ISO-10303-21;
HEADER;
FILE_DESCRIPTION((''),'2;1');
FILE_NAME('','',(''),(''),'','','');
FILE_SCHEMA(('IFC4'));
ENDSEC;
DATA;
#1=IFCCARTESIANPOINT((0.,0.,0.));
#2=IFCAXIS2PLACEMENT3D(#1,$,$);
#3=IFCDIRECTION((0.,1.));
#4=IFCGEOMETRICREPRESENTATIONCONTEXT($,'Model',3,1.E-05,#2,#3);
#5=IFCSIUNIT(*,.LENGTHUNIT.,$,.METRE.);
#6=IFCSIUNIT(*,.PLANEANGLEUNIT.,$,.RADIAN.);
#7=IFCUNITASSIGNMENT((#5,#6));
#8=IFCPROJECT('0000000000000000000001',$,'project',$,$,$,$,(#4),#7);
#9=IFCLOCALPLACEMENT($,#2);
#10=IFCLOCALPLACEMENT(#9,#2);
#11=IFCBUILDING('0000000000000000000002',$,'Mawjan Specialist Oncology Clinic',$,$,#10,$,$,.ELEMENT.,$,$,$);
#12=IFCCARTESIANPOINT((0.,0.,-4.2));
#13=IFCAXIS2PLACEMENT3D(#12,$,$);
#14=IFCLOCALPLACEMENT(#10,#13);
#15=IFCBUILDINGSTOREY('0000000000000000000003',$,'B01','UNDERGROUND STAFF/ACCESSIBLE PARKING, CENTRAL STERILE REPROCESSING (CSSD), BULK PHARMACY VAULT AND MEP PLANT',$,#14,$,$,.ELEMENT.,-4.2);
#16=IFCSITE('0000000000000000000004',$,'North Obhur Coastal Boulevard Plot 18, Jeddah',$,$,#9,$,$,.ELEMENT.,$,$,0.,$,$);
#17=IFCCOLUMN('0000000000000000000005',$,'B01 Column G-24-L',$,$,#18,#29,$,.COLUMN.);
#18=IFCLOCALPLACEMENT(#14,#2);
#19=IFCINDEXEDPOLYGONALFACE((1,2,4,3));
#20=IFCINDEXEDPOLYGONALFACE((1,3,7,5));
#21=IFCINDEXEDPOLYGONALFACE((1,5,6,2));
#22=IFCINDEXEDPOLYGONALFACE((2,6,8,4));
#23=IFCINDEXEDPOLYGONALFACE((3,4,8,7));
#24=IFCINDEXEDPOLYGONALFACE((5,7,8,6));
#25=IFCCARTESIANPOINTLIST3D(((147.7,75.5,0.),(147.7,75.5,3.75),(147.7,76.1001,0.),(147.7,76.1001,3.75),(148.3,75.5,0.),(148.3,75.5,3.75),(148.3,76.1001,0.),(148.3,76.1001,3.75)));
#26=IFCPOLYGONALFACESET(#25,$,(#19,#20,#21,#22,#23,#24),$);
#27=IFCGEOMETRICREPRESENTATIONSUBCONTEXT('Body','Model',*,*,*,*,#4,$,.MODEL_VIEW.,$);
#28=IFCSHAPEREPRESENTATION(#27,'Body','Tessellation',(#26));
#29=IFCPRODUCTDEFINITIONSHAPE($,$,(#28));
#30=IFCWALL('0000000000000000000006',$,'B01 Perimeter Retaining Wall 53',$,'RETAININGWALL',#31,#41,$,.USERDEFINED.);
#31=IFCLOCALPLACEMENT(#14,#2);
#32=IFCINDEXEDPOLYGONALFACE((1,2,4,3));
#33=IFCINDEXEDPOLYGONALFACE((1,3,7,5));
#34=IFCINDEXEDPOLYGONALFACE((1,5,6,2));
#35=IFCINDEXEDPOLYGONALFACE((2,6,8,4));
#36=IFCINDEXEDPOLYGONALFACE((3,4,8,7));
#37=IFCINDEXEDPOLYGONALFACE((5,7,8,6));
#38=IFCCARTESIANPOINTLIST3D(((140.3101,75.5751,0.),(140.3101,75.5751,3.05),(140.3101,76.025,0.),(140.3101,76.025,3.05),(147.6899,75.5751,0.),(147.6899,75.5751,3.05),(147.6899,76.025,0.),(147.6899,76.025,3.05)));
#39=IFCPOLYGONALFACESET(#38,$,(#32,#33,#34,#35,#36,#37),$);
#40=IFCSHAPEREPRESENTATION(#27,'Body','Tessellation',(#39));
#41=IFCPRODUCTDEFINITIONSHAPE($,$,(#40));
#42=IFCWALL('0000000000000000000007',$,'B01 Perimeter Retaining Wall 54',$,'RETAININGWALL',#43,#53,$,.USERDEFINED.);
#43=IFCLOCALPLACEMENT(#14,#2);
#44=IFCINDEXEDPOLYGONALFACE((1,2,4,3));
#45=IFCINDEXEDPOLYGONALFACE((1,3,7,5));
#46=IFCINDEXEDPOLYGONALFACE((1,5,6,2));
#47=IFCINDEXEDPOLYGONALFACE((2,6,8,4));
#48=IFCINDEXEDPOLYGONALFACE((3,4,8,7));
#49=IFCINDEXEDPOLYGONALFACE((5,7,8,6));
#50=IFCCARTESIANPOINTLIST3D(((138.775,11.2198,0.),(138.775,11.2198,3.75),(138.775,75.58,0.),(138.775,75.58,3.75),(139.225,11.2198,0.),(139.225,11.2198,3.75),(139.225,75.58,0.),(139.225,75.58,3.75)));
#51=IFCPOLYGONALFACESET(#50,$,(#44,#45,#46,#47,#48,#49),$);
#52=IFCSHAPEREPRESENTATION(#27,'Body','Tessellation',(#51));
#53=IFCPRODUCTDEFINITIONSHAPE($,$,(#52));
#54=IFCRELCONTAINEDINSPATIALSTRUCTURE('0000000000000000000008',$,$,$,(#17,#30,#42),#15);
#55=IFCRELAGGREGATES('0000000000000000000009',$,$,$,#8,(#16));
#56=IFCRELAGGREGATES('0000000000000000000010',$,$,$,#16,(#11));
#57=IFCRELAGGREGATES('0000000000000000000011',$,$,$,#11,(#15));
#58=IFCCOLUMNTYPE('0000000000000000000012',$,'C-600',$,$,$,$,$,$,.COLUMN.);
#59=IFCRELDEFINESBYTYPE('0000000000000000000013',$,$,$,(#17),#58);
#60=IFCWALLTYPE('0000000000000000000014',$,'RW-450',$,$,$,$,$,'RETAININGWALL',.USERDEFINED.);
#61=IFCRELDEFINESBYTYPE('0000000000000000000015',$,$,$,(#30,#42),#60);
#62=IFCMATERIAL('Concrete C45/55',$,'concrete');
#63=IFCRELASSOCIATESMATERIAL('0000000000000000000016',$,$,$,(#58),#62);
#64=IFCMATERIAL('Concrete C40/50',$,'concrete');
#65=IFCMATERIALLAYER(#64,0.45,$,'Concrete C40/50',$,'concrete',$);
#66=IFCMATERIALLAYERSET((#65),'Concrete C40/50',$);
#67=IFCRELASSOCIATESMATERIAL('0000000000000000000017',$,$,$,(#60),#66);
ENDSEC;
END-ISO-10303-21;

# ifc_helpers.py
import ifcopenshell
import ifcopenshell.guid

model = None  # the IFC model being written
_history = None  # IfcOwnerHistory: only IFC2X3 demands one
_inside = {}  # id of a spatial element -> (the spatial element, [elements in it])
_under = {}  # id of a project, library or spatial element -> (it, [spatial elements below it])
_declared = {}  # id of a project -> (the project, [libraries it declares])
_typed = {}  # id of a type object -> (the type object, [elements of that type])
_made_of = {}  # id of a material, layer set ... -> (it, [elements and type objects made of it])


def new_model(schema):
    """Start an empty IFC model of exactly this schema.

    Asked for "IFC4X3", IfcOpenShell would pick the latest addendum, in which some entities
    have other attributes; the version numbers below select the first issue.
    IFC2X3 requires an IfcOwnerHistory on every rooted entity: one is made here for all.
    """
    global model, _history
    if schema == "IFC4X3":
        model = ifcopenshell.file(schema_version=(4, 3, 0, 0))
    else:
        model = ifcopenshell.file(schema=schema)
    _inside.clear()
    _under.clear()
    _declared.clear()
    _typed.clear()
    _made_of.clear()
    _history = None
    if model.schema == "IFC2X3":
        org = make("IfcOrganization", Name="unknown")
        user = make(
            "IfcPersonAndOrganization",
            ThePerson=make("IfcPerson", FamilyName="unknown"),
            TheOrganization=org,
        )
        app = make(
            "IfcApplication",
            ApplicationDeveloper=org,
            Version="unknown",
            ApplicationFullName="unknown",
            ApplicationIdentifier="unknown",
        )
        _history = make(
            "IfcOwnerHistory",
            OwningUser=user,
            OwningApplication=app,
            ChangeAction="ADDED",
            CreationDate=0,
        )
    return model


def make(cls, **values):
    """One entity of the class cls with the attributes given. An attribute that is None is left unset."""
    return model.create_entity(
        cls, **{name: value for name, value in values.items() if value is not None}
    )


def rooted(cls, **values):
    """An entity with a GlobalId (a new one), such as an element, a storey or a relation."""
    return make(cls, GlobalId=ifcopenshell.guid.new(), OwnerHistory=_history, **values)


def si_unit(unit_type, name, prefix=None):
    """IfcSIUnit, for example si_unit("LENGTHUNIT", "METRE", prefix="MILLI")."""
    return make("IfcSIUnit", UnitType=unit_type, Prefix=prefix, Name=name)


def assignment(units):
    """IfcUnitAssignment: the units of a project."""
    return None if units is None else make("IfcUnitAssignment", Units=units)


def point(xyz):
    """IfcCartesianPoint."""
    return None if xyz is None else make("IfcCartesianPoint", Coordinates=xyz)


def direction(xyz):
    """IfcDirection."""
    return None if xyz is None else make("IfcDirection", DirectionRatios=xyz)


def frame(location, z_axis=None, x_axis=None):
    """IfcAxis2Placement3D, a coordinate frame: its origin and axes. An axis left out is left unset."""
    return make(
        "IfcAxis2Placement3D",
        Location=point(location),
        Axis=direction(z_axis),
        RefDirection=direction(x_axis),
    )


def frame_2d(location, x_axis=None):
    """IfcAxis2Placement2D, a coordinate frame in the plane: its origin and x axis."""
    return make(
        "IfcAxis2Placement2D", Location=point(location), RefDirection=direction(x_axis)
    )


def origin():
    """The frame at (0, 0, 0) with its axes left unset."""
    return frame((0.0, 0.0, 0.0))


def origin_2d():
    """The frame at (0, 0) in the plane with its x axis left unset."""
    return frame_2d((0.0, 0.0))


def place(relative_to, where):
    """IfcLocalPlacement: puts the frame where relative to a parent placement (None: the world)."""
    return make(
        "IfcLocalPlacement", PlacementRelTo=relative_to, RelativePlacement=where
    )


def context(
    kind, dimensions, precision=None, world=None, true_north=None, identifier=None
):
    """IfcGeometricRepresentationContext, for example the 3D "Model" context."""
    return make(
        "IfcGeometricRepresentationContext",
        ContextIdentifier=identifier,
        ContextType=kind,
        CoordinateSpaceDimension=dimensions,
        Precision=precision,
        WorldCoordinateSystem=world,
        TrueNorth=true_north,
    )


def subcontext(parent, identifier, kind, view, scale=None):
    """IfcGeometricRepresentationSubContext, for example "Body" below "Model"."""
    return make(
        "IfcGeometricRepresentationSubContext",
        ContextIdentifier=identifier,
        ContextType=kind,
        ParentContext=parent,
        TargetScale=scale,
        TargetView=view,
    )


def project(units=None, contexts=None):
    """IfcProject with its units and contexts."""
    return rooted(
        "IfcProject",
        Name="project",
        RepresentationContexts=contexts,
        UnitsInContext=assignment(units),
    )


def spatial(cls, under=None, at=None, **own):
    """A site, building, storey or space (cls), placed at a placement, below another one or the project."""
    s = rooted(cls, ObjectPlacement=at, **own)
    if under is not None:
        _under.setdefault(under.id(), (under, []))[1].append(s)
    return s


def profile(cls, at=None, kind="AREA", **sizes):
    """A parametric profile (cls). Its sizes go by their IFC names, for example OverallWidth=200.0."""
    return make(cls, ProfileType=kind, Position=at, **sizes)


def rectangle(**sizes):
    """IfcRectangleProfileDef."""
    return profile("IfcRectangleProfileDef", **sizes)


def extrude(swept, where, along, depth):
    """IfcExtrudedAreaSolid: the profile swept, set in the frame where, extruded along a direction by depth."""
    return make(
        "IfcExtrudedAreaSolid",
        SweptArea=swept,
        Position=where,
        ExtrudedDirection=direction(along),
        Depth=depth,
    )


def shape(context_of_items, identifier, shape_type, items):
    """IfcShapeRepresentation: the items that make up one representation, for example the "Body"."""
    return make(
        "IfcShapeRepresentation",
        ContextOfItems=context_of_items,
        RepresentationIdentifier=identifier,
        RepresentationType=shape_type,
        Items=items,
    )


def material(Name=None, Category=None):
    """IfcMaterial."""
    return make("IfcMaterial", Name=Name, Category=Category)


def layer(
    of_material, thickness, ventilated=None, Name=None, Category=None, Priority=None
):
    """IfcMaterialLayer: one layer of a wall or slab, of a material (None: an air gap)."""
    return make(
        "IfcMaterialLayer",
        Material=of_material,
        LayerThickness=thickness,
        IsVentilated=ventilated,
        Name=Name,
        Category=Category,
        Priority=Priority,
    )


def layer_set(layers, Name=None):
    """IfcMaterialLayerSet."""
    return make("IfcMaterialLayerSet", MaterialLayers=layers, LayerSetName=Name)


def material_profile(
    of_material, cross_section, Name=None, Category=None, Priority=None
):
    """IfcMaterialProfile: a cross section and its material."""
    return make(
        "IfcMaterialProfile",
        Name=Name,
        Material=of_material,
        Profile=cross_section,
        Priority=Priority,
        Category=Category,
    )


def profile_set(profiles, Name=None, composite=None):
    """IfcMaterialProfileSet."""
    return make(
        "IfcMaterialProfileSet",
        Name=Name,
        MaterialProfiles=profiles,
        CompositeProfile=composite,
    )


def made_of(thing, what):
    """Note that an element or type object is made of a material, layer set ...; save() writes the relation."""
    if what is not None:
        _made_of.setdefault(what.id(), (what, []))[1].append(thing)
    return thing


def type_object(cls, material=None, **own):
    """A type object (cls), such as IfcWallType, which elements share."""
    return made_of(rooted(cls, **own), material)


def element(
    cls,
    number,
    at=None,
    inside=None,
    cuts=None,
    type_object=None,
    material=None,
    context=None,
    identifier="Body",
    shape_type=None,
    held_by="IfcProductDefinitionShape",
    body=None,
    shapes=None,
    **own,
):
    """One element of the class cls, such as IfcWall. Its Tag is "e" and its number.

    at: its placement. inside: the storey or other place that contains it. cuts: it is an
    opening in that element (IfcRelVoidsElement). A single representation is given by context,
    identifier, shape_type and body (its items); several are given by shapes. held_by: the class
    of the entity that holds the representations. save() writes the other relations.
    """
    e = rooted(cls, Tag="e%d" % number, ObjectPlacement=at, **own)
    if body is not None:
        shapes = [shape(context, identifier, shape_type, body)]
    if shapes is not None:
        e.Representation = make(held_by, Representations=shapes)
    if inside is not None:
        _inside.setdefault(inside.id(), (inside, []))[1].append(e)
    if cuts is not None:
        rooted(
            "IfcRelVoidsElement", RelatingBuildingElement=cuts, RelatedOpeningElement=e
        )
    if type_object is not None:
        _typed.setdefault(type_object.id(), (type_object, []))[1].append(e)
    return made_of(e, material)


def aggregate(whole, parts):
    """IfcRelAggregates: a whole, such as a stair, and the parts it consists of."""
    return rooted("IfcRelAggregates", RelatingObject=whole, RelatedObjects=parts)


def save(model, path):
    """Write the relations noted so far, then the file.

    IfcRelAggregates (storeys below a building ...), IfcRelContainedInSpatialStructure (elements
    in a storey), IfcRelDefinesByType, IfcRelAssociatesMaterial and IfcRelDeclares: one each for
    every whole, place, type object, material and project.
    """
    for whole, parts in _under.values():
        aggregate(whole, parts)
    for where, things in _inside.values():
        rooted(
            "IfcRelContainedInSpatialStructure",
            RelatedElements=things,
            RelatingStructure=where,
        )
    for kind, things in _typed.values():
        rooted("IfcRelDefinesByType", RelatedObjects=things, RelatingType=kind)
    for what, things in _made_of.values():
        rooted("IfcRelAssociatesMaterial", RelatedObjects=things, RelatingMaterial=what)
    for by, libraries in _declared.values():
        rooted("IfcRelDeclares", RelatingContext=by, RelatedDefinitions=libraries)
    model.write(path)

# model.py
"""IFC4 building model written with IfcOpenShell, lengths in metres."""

from ifc_helpers import new_model, si_unit, direction, frame, frame_2d, origin, origin_2d, place, context, subcontext, project, spatial, rectangle, extrude, material, layer, layer_set, material_profile, profile_set, type_object, element, save


model = new_model("IFC4")

# Units and contexts
model_context = context("Model", 3, precision=1e-05, world=origin(), true_north=direction((0.0, 1.0)))
body_context = subcontext(model_context, "Body", "Model", "MODEL_VIEW")
ifc_project = project(units=[si_unit("LENGTHUNIT", "METRE"), si_unit("PLANEANGLEUNIT", "RADIAN")], contexts=[model_context])

# Site, building, storey
site_placement = place(None, origin())
site = spatial("IfcSite", under=ifc_project, at=site_placement, Name="North Obhur Coastal Boulevard Plot 18, Jeddah", CompositionType="ELEMENT", RefElevation=0.0)
building_placement = place(site_placement, origin())
building = spatial("IfcBuilding", under=site, at=building_placement, Name="Mawjan Specialist Oncology Clinic", CompositionType="ELEMENT")
storey_placement = place(building_placement, frame((0.0, 0.0, -4.2)))
storey = spatial("IfcBuildingStorey", under=building, at=storey_placement, Name="B01", Description="UNDERGROUND STAFF/ACCESSIBLE PARKING, CENTRAL STERILE REPROCESSING (CSSD), BULK PHARMACY VAULT AND MEP PLANT", CompositionType="ELEMENT", Elevation=-4.2)

# Column
ifc_material_1 = material(Name="Concrete C45/55", Category="concrete")
ifc_material_profile_1 = material_profile(ifc_material_1, rectangle(XDim=0.6001, YDim=0.6001, at=origin_2d()), Name="RC COL 600x600", Category="concrete")
ifc_profile_set_1 = profile_set([ifc_material_profile_1], Name="Concrete C45/55")
column_type = type_object("IfcColumnType", Name="C-600", PredefinedType="COLUMN", material=ifc_profile_set_1)
for number, where, z_axis, x_axis, name in (
    (1, (148.0, 75.8, 0.0), (0.0, 0.0, 1.0), (1.0, 0.0, 0.0), "B01 Column G-24-L"),
):
    element("IfcColumn", number, at=place(storey_placement, frame(where, z_axis=z_axis, x_axis=x_axis)), inside=storey, type_object=column_type, Name=name, PredefinedType="COLUMN", context=body_context, shape_type="SweptSolid", body=[
        extrude(rectangle(XDim=0.6001, YDim=0.6001, at=origin_2d()), origin(), (0.0, 0.0, 1.0), 3.75),
    ])

# Walls
ifc_material_2 = material(Name="Concrete C40/50", Category="concrete")
ifc_layer = layer(ifc_material_2, 0.45, Name="Concrete C40/50", Category="concrete")
ifc_layer_set = layer_set([ifc_layer], Name="Concrete C40/50")
wall_type = type_object("IfcWallType", Name="RW-450", ElementType="RETAININGWALL", PredefinedType="USERDEFINED", material=ifc_layer_set)
wall_1_placement = place(storey_placement, frame((147.6899, 75.8, 0.0), z_axis=(0.0, 0.0, 1.0), x_axis=(-1.0, 0.0, 0.0)))
element("IfcWall", 2, at=wall_1_placement, inside=storey, type_object=wall_type, Name="B01 Perimeter Retaining Wall 53", ObjectType="RETAININGWALL", PredefinedType="USERDEFINED", context=body_context, shape_type="SweptSolid", body=[
    extrude(rectangle(XDim=7.3799, YDim=0.45, at=frame_2d((3.6899, 0.0))), origin(), (0.0, 0.0, 1.0), 3.05),
])
wall_2_placement = place(storey_placement, frame((139.0, 75.5801, 0.0), z_axis=(0.0, 0.0, 1.0), x_axis=(0.0, -1.0, 0.0)))
element("IfcWall", 3, at=wall_2_placement, inside=storey, type_object=wall_type, Name="B01 Perimeter Retaining Wall 54", ObjectType="RETAININGWALL", PredefinedType="USERDEFINED", context=body_context, shape_type="SweptSolid", body=[
    extrude(rectangle(XDim=64.3601, YDim=0.45, at=frame_2d((32.1802, 0.0))), origin(), (0.0, 0.0, 1.0), 3.75),
])

save(model, "model.ifc")
